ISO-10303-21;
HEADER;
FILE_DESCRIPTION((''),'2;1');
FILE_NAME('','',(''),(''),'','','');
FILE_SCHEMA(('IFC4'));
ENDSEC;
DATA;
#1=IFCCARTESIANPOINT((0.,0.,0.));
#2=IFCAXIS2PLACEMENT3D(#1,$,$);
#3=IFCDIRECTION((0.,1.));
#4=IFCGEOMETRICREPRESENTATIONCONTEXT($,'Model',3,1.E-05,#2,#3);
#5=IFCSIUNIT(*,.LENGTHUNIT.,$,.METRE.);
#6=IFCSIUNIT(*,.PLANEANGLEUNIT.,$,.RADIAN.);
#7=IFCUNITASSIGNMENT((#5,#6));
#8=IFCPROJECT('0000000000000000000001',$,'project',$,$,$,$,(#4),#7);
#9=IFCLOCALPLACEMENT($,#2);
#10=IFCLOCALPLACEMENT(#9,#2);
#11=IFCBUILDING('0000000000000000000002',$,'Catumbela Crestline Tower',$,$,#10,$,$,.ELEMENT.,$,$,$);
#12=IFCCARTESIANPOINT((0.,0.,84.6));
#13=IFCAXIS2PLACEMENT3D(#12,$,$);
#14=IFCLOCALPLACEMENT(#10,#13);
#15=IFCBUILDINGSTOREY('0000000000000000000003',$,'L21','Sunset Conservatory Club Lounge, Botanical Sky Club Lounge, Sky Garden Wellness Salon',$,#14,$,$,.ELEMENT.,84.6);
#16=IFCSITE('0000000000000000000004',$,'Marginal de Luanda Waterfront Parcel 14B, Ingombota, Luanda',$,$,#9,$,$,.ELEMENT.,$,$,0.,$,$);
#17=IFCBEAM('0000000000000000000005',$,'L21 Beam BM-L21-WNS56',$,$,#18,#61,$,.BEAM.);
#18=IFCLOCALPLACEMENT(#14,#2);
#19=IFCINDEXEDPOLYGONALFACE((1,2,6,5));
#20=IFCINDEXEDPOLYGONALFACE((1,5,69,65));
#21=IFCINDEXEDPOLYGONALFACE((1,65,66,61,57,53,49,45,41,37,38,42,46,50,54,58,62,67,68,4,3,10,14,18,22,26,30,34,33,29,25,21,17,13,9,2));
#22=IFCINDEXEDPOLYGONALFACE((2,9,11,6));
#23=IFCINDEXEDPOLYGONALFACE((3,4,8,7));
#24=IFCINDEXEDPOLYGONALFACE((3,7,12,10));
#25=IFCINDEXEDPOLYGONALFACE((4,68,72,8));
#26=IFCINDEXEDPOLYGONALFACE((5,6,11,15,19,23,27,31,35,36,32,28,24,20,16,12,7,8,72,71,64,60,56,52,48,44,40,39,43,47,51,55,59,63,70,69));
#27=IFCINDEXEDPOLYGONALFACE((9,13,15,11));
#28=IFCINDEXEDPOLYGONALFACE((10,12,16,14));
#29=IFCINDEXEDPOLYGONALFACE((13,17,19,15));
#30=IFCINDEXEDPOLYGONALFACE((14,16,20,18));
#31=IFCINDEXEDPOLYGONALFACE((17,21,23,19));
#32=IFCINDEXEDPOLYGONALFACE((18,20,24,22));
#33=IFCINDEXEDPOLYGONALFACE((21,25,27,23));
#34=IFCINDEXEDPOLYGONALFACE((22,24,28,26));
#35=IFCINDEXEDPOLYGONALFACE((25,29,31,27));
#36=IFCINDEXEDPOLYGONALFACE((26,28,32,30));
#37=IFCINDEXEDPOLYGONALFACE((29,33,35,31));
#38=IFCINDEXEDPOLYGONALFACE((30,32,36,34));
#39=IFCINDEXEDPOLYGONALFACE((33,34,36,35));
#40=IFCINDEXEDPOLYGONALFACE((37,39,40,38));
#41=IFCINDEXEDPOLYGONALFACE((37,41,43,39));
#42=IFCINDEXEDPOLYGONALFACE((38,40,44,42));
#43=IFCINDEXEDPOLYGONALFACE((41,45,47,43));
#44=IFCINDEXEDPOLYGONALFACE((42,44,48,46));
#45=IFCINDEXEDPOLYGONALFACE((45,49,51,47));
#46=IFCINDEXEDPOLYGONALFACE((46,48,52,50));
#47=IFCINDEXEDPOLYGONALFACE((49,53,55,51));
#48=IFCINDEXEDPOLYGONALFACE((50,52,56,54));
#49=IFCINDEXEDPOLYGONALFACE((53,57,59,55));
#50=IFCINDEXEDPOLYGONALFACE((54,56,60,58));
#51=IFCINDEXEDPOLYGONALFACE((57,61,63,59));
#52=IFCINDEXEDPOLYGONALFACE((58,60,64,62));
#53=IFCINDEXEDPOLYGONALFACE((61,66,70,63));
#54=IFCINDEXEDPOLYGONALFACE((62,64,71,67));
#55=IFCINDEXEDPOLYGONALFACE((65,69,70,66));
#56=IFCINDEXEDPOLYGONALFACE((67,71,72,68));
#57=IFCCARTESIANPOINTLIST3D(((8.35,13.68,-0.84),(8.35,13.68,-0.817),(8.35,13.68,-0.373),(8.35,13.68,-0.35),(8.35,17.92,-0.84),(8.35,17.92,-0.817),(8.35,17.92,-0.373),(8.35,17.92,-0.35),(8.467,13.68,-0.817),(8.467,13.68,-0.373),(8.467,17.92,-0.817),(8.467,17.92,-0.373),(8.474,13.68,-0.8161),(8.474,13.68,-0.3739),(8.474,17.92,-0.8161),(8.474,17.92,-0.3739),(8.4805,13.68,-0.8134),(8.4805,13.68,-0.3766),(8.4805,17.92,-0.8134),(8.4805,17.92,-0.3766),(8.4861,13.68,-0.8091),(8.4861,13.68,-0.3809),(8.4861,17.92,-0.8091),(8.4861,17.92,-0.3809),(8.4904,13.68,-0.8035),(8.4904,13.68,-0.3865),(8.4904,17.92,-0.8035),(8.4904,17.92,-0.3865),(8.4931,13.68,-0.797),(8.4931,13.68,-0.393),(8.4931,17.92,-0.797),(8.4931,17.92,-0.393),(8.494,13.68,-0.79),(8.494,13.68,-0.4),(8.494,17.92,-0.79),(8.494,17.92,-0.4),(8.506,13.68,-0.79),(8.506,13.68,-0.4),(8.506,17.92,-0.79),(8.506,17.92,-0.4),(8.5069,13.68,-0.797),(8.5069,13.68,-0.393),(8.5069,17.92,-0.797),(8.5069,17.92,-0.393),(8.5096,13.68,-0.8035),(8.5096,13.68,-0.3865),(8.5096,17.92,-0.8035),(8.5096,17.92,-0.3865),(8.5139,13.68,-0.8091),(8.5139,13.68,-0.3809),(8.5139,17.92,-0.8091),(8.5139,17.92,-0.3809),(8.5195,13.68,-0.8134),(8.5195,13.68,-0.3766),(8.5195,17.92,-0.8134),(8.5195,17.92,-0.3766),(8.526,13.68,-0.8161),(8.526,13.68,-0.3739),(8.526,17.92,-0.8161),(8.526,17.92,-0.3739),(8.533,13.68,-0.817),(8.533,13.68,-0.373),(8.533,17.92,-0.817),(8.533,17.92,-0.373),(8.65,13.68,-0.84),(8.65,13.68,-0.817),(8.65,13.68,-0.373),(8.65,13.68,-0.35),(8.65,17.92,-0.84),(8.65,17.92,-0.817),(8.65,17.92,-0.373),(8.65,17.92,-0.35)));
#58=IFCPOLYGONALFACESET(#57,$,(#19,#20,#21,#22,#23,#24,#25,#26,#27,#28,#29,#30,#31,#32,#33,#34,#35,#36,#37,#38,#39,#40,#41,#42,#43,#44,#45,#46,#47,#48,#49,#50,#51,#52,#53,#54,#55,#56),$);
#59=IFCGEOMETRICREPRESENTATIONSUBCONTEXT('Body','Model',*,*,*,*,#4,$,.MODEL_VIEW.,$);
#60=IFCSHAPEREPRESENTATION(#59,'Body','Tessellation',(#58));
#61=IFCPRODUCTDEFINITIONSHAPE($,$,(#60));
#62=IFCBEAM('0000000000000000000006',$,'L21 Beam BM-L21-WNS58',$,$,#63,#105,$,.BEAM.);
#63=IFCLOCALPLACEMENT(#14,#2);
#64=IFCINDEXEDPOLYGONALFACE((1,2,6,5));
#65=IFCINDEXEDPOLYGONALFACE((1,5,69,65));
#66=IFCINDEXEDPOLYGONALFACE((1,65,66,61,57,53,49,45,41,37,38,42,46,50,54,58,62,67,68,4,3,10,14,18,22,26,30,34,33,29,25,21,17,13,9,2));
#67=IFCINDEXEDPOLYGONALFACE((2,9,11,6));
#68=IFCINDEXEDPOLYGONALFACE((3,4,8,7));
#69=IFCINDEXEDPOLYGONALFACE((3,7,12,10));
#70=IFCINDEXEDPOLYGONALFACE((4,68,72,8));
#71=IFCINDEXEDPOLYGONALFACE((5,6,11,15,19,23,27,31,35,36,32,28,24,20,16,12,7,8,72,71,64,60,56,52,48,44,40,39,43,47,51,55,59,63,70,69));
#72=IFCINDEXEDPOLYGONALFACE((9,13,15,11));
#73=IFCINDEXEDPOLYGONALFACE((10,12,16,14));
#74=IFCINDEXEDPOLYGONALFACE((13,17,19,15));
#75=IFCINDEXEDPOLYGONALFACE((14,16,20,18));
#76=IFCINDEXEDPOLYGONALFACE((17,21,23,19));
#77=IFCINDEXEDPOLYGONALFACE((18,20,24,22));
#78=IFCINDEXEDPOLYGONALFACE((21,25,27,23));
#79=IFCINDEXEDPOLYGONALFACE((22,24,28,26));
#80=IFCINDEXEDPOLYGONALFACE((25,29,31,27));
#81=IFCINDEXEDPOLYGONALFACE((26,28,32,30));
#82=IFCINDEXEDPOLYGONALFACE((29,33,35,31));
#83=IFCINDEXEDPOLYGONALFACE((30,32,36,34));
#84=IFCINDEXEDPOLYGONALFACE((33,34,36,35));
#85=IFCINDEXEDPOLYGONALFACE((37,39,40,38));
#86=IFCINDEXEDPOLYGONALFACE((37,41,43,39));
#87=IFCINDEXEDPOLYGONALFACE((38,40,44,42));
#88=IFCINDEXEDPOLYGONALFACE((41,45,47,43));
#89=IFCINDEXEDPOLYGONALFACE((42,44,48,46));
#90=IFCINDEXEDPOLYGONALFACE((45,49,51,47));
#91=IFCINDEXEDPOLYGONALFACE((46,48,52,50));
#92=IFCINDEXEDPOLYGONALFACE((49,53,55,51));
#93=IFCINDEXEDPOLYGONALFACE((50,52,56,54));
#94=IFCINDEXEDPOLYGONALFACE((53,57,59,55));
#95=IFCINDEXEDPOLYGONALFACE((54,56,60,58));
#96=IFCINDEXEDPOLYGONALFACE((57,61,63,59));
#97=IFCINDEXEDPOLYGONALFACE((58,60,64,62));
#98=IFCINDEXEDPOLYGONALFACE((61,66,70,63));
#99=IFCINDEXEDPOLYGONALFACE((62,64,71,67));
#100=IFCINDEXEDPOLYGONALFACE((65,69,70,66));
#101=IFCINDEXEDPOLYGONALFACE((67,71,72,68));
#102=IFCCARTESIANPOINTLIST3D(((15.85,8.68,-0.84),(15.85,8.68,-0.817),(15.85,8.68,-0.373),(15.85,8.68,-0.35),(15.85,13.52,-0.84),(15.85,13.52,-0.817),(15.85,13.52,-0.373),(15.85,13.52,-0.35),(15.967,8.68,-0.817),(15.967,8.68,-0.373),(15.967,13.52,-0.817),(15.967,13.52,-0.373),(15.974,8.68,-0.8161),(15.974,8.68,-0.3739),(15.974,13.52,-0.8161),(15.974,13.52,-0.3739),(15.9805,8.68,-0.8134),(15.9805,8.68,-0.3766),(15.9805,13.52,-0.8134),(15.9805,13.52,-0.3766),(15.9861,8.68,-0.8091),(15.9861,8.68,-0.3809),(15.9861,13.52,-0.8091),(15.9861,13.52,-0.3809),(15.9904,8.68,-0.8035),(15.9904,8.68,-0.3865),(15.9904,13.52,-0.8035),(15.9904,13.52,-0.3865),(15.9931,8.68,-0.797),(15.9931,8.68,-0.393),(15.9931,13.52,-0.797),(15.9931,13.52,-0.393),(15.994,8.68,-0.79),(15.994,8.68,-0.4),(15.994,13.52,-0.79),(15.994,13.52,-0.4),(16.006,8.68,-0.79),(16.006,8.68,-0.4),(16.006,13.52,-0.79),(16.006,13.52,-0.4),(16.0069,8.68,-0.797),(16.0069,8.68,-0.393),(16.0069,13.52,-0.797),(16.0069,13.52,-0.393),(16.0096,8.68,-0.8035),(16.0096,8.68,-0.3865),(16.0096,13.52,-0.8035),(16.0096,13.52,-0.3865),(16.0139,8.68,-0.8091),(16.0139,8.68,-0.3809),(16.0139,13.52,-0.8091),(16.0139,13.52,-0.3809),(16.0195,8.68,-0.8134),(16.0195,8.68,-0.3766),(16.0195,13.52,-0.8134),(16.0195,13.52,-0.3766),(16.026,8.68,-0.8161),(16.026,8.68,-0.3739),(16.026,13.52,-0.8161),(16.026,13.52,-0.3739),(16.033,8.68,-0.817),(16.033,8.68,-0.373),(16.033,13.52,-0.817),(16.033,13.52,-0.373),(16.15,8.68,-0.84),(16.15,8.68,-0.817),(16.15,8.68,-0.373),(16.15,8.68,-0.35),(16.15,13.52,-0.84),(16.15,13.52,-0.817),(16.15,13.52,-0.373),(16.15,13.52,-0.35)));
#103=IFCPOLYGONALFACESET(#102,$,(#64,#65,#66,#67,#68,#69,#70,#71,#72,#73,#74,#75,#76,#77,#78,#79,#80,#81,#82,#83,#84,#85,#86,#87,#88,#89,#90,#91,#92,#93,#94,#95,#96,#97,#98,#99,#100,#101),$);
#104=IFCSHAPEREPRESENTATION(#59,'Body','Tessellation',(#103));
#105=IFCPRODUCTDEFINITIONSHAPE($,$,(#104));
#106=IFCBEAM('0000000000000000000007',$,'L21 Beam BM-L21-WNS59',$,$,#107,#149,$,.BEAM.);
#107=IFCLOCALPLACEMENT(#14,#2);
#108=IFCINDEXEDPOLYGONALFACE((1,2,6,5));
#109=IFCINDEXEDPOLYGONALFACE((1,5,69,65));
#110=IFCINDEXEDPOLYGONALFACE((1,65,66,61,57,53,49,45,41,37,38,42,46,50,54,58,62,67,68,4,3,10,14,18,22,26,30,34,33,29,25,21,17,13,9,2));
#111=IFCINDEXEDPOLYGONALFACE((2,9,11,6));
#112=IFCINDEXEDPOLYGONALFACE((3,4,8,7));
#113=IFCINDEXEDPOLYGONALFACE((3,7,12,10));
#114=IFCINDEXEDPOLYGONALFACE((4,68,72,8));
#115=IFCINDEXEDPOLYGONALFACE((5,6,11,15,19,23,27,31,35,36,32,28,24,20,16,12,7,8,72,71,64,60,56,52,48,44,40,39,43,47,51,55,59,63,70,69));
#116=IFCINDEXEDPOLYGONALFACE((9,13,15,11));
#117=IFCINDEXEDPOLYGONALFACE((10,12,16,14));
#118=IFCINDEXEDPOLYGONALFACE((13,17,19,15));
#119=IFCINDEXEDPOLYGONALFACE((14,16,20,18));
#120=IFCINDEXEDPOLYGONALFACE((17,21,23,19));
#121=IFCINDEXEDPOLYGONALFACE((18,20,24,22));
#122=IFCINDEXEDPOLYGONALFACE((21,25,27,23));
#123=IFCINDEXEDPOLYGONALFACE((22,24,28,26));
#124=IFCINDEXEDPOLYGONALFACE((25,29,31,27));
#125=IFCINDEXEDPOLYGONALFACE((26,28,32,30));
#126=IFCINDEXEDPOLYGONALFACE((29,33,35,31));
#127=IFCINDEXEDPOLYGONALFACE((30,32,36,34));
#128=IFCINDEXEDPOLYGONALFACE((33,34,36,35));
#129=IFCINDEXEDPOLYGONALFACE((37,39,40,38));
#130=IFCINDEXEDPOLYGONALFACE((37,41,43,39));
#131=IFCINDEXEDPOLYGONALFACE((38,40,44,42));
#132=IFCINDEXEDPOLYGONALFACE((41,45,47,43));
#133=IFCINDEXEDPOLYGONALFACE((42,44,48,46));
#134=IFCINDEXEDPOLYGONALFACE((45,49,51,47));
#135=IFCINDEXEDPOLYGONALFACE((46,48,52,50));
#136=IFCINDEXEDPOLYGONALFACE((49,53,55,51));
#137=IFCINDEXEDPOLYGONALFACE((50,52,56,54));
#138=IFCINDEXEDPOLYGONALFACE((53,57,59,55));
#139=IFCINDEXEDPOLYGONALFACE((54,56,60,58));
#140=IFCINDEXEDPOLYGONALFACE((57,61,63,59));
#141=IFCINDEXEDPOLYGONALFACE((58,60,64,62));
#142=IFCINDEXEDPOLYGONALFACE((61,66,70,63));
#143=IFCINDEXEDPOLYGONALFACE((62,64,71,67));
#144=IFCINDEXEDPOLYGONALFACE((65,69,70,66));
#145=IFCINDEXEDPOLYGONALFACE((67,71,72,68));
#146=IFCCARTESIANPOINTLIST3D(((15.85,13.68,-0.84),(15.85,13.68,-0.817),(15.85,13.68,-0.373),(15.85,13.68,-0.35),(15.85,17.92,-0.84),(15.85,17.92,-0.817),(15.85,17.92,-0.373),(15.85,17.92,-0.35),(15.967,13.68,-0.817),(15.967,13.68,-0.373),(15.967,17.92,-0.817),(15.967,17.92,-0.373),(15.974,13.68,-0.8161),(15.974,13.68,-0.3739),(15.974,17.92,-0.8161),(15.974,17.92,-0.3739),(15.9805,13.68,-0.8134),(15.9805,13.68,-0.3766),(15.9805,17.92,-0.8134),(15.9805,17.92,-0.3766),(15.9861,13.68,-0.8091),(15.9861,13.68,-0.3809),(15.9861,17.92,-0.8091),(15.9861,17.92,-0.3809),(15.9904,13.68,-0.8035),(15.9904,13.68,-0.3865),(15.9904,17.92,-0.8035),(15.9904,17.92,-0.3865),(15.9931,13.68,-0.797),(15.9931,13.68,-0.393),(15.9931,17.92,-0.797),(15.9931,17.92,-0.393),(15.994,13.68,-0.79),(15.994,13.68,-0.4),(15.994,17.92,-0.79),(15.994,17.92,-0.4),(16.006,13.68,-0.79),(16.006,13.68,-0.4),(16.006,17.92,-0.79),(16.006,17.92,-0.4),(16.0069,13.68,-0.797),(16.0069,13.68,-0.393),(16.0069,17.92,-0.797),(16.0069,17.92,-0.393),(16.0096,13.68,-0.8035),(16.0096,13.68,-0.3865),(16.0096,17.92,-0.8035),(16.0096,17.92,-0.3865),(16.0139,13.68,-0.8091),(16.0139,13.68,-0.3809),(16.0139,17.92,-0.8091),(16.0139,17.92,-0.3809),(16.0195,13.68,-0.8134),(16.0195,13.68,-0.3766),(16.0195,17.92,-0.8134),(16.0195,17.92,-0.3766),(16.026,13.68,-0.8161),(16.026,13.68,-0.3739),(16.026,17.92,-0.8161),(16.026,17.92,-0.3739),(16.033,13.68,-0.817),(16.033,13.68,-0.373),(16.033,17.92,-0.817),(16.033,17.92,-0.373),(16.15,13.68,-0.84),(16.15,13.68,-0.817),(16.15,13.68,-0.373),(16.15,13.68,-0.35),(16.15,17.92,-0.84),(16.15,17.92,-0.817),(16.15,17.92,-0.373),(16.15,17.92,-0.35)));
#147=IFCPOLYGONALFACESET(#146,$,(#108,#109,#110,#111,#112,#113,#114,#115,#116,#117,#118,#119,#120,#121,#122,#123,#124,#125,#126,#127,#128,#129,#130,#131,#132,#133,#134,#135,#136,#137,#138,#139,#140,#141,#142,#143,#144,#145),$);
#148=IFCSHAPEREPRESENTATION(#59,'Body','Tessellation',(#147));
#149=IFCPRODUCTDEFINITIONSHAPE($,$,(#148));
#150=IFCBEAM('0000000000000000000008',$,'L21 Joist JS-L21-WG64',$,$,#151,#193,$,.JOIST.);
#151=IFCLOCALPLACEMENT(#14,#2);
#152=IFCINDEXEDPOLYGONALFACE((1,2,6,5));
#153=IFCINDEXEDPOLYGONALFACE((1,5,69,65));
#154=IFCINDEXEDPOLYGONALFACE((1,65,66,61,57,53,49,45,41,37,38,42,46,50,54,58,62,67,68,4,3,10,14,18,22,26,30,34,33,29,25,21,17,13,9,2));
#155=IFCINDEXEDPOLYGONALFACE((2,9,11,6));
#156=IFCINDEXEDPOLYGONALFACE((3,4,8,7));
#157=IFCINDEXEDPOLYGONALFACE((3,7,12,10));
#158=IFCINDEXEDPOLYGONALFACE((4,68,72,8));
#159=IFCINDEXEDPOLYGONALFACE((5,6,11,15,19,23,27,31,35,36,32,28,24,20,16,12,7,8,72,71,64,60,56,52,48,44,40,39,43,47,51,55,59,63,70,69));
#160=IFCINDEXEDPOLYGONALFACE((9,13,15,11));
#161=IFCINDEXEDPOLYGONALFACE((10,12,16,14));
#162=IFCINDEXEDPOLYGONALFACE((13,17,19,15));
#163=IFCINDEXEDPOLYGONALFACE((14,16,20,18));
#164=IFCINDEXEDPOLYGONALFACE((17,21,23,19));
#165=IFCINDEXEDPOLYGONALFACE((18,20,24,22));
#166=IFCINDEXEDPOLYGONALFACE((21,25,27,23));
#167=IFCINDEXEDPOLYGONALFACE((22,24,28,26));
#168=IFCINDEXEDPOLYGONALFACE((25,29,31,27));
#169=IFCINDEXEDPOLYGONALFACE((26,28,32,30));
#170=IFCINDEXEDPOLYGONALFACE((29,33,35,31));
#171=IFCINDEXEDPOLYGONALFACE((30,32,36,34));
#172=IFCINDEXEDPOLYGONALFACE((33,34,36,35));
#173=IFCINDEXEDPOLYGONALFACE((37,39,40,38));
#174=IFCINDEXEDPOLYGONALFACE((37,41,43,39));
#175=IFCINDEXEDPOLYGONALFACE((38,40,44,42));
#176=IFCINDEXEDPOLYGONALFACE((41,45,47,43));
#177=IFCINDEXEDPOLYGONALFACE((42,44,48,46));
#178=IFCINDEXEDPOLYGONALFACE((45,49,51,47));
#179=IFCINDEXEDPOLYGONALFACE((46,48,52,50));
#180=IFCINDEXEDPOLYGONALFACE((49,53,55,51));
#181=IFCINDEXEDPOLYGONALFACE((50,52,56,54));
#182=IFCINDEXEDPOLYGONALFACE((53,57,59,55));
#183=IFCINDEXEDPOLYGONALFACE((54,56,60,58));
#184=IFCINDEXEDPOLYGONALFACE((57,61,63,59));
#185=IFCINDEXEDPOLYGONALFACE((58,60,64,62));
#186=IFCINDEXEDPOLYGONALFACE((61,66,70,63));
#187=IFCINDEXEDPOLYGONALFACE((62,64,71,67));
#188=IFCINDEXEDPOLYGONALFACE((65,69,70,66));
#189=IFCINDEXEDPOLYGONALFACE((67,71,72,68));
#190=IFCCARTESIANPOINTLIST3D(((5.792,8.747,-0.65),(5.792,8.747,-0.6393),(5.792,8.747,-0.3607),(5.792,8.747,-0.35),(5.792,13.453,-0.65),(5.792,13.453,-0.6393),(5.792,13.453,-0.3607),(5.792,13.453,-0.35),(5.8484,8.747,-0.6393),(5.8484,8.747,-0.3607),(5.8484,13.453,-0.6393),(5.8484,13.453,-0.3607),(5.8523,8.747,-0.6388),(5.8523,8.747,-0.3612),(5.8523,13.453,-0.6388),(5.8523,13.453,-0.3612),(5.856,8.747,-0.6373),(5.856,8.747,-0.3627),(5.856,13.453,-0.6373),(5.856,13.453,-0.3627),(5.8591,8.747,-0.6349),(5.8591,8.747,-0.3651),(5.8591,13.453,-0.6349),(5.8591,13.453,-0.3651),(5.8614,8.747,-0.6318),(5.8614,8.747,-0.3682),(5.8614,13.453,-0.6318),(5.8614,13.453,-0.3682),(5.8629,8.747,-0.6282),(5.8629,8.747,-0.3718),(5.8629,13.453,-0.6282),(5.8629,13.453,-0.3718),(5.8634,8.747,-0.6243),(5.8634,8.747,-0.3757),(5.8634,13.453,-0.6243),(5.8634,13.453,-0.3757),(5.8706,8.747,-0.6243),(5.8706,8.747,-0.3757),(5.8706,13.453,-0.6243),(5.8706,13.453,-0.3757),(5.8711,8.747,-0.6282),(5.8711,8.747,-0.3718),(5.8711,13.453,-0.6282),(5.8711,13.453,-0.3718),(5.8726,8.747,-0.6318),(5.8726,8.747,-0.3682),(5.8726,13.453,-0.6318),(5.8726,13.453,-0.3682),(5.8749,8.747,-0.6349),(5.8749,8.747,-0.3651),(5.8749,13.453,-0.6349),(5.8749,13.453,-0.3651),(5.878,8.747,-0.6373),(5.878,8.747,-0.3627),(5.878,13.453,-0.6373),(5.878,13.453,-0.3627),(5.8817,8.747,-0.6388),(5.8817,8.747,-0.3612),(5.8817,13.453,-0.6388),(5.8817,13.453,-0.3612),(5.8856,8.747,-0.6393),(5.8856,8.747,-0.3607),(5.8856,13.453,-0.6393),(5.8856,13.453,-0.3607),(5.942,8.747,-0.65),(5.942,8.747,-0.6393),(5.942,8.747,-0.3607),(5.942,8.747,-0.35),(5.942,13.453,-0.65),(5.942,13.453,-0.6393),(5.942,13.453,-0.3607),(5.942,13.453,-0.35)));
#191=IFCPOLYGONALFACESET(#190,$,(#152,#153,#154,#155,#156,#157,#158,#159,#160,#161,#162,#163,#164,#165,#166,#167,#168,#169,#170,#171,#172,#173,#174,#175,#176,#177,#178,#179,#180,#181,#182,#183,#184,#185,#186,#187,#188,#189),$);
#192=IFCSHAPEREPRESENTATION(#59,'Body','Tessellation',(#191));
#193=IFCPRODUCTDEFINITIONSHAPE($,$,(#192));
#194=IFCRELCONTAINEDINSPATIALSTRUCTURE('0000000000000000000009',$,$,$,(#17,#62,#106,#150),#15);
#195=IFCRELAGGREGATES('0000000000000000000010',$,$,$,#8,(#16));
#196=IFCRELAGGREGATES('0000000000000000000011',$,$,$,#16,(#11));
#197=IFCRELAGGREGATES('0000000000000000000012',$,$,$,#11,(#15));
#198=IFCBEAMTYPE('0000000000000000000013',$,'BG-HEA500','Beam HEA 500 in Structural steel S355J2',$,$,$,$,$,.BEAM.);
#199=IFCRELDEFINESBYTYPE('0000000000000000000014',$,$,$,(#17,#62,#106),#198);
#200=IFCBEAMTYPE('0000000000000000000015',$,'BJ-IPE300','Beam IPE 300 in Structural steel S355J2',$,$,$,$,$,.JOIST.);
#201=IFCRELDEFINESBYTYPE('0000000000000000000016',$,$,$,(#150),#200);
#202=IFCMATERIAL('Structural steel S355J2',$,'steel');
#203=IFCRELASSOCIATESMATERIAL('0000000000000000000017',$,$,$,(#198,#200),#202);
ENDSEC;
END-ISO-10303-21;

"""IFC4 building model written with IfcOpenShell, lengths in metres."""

from ifc_helpers import new_model, si_unit, direction, frame, origin, origin_2d, place, context, subcontext, project, spatial, i_section, extrude, material, material_profile, profile_set, type_object, element, save


model = new_model("IFC4")

# Units and contexts
model_context = context("Model", 3, precision=1e-05, world=origin(), true_north=direction((0.0, 1.0)))
body_context = subcontext(model_context, "Body", "Model", "MODEL_VIEW")
ifc_project = project(units=[si_unit("LENGTHUNIT", "METRE"), si_unit("PLANEANGLEUNIT", "RADIAN")], contexts=[model_context])

# Site, building, storey
site_placement = place(None, origin())
site = spatial("IfcSite", under=ifc_project, at=site_placement, Name="Marginal de Luanda Waterfront Parcel 14B, Ingombota, Luanda", CompositionType="ELEMENT", RefElevation=0.0)
building_placement = place(site_placement, origin())
building = spatial("IfcBuilding", under=site, at=building_placement, Name="Catumbela Crestline Tower", CompositionType="ELEMENT")
storey_placement = place(building_placement, frame((0.0, 0.0, 84.6)))
storey = spatial("IfcBuildingStorey", under=building, at=storey_placement, Name="L21", Description="Sunset Conservatory Club Lounge, Botanical Sky Club Lounge, Sky Garden Wellness Salon", CompositionType="ELEMENT", Elevation=84.6)

# Beams
ifc_material_1 = material(Name="Structural steel S355J2", Category="steel")
ifc_material_profile_1 = material_profile(ifc_material_1, i_section(OverallWidth=0.3, OverallDepth=0.49, WebThickness=0.012, FlangeThickness=0.023, FilletRadius=0.027, at=origin_2d()), Name="HEA 500")
ifc_profile_set_1 = profile_set([ifc_material_profile_1], Name="Structural steel S355J2")
beam_type_1 = type_object("IfcBeamType", Name="BG-HEA500", Description="Beam HEA 500 in Structural steel S355J2", PredefinedType="BEAM", material=ifc_profile_set_1)
beam_1_placement = place(storey_placement, frame((8.5, 13.68, -0.595), z_axis=(0.0, 1.0, 0.0), x_axis=(-1.0, 0.0, 0.0)))
element("IfcBeam", 1, at=beam_1_placement, inside=storey, type_object=beam_type_1, Name="L21 Beam BM-L21-WNS56", PredefinedType="BEAM", context=body_context, shape_type="SweptSolid", body=[
    extrude(i_section(OverallWidth=0.3, OverallDepth=0.49, WebThickness=0.012, FlangeThickness=0.023, FilletRadius=0.027, at=origin_2d()), origin(), (0.0, 0.0, 1.0), 4.24),
])
beam_2_placement = place(storey_placement, frame((16.0, 8.68, -0.595), z_axis=(0.0, 1.0, 0.0), x_axis=(-1.0, 0.0, 0.0)))
element("IfcBeam", 2, at=beam_2_placement, inside=storey, type_object=beam_type_1, Name="L21 Beam BM-L21-WNS58", PredefinedType="BEAM", context=body_context, shape_type="SweptSolid", body=[
    extrude(i_section(OverallWidth=0.3, OverallDepth=0.49, WebThickness=0.012, FlangeThickness=0.023, FilletRadius=0.027, at=origin_2d()), origin(), (0.0, 0.0, 1.0), 4.84),
])
beam_3_placement = place(storey_placement, frame((16.0, 13.68, -0.595), z_axis=(0.0, 1.0, 0.0), x_axis=(-1.0, 0.0, 0.0)))
element("IfcBeam", 3, at=beam_3_placement, inside=storey, type_object=beam_type_1, Name="L21 Beam BM-L21-WNS59", PredefinedType="BEAM", context=body_context, shape_type="SweptSolid", body=[
    extrude(i_section(OverallWidth=0.3, OverallDepth=0.49, WebThickness=0.012, FlangeThickness=0.023, FilletRadius=0.027, at=origin_2d()), origin(), (0.0, 0.0, 1.0), 4.24),
])
ifc_material_profile_2 = material_profile(ifc_material_1, i_section(OverallWidth=0.15, OverallDepth=0.3, WebThickness=0.0071, FlangeThickness=0.0107, FilletRadius=0.015, at=origin_2d()), Name="IPE 300")
ifc_profile_set_2 = profile_set([ifc_material_profile_2], Name="Structural steel S355J2")
beam_type_2 = type_object("IfcBeamType", Name="BJ-IPE300", Description="Beam IPE 300 in Structural steel S355J2", PredefinedType="JOIST", material=ifc_profile_set_2)
for number, where, z_axis, x_axis, name in (
    (4, (5.867, 8.747, -0.5), (0.0, 1.0, 0.0), (-1.0, 0.0, 0.0), "L21 Joist JS-L21-WG64"),
):
    element("IfcBeam", number, at=place(storey_placement, frame(where, z_axis=z_axis, x_axis=x_axis)), inside=storey, type_object=beam_type_2, Name=name, PredefinedType="JOIST", context=body_context, shape_type="SweptSolid", body=[
        extrude(i_section(OverallWidth=0.15, OverallDepth=0.3, WebThickness=0.0071, FlangeThickness=0.0107, FilletRadius=0.015, at=origin_2d()), origin(), (0.0, 0.0, 1.0), 4.706),
    ])

save(model, "model.ifc")
